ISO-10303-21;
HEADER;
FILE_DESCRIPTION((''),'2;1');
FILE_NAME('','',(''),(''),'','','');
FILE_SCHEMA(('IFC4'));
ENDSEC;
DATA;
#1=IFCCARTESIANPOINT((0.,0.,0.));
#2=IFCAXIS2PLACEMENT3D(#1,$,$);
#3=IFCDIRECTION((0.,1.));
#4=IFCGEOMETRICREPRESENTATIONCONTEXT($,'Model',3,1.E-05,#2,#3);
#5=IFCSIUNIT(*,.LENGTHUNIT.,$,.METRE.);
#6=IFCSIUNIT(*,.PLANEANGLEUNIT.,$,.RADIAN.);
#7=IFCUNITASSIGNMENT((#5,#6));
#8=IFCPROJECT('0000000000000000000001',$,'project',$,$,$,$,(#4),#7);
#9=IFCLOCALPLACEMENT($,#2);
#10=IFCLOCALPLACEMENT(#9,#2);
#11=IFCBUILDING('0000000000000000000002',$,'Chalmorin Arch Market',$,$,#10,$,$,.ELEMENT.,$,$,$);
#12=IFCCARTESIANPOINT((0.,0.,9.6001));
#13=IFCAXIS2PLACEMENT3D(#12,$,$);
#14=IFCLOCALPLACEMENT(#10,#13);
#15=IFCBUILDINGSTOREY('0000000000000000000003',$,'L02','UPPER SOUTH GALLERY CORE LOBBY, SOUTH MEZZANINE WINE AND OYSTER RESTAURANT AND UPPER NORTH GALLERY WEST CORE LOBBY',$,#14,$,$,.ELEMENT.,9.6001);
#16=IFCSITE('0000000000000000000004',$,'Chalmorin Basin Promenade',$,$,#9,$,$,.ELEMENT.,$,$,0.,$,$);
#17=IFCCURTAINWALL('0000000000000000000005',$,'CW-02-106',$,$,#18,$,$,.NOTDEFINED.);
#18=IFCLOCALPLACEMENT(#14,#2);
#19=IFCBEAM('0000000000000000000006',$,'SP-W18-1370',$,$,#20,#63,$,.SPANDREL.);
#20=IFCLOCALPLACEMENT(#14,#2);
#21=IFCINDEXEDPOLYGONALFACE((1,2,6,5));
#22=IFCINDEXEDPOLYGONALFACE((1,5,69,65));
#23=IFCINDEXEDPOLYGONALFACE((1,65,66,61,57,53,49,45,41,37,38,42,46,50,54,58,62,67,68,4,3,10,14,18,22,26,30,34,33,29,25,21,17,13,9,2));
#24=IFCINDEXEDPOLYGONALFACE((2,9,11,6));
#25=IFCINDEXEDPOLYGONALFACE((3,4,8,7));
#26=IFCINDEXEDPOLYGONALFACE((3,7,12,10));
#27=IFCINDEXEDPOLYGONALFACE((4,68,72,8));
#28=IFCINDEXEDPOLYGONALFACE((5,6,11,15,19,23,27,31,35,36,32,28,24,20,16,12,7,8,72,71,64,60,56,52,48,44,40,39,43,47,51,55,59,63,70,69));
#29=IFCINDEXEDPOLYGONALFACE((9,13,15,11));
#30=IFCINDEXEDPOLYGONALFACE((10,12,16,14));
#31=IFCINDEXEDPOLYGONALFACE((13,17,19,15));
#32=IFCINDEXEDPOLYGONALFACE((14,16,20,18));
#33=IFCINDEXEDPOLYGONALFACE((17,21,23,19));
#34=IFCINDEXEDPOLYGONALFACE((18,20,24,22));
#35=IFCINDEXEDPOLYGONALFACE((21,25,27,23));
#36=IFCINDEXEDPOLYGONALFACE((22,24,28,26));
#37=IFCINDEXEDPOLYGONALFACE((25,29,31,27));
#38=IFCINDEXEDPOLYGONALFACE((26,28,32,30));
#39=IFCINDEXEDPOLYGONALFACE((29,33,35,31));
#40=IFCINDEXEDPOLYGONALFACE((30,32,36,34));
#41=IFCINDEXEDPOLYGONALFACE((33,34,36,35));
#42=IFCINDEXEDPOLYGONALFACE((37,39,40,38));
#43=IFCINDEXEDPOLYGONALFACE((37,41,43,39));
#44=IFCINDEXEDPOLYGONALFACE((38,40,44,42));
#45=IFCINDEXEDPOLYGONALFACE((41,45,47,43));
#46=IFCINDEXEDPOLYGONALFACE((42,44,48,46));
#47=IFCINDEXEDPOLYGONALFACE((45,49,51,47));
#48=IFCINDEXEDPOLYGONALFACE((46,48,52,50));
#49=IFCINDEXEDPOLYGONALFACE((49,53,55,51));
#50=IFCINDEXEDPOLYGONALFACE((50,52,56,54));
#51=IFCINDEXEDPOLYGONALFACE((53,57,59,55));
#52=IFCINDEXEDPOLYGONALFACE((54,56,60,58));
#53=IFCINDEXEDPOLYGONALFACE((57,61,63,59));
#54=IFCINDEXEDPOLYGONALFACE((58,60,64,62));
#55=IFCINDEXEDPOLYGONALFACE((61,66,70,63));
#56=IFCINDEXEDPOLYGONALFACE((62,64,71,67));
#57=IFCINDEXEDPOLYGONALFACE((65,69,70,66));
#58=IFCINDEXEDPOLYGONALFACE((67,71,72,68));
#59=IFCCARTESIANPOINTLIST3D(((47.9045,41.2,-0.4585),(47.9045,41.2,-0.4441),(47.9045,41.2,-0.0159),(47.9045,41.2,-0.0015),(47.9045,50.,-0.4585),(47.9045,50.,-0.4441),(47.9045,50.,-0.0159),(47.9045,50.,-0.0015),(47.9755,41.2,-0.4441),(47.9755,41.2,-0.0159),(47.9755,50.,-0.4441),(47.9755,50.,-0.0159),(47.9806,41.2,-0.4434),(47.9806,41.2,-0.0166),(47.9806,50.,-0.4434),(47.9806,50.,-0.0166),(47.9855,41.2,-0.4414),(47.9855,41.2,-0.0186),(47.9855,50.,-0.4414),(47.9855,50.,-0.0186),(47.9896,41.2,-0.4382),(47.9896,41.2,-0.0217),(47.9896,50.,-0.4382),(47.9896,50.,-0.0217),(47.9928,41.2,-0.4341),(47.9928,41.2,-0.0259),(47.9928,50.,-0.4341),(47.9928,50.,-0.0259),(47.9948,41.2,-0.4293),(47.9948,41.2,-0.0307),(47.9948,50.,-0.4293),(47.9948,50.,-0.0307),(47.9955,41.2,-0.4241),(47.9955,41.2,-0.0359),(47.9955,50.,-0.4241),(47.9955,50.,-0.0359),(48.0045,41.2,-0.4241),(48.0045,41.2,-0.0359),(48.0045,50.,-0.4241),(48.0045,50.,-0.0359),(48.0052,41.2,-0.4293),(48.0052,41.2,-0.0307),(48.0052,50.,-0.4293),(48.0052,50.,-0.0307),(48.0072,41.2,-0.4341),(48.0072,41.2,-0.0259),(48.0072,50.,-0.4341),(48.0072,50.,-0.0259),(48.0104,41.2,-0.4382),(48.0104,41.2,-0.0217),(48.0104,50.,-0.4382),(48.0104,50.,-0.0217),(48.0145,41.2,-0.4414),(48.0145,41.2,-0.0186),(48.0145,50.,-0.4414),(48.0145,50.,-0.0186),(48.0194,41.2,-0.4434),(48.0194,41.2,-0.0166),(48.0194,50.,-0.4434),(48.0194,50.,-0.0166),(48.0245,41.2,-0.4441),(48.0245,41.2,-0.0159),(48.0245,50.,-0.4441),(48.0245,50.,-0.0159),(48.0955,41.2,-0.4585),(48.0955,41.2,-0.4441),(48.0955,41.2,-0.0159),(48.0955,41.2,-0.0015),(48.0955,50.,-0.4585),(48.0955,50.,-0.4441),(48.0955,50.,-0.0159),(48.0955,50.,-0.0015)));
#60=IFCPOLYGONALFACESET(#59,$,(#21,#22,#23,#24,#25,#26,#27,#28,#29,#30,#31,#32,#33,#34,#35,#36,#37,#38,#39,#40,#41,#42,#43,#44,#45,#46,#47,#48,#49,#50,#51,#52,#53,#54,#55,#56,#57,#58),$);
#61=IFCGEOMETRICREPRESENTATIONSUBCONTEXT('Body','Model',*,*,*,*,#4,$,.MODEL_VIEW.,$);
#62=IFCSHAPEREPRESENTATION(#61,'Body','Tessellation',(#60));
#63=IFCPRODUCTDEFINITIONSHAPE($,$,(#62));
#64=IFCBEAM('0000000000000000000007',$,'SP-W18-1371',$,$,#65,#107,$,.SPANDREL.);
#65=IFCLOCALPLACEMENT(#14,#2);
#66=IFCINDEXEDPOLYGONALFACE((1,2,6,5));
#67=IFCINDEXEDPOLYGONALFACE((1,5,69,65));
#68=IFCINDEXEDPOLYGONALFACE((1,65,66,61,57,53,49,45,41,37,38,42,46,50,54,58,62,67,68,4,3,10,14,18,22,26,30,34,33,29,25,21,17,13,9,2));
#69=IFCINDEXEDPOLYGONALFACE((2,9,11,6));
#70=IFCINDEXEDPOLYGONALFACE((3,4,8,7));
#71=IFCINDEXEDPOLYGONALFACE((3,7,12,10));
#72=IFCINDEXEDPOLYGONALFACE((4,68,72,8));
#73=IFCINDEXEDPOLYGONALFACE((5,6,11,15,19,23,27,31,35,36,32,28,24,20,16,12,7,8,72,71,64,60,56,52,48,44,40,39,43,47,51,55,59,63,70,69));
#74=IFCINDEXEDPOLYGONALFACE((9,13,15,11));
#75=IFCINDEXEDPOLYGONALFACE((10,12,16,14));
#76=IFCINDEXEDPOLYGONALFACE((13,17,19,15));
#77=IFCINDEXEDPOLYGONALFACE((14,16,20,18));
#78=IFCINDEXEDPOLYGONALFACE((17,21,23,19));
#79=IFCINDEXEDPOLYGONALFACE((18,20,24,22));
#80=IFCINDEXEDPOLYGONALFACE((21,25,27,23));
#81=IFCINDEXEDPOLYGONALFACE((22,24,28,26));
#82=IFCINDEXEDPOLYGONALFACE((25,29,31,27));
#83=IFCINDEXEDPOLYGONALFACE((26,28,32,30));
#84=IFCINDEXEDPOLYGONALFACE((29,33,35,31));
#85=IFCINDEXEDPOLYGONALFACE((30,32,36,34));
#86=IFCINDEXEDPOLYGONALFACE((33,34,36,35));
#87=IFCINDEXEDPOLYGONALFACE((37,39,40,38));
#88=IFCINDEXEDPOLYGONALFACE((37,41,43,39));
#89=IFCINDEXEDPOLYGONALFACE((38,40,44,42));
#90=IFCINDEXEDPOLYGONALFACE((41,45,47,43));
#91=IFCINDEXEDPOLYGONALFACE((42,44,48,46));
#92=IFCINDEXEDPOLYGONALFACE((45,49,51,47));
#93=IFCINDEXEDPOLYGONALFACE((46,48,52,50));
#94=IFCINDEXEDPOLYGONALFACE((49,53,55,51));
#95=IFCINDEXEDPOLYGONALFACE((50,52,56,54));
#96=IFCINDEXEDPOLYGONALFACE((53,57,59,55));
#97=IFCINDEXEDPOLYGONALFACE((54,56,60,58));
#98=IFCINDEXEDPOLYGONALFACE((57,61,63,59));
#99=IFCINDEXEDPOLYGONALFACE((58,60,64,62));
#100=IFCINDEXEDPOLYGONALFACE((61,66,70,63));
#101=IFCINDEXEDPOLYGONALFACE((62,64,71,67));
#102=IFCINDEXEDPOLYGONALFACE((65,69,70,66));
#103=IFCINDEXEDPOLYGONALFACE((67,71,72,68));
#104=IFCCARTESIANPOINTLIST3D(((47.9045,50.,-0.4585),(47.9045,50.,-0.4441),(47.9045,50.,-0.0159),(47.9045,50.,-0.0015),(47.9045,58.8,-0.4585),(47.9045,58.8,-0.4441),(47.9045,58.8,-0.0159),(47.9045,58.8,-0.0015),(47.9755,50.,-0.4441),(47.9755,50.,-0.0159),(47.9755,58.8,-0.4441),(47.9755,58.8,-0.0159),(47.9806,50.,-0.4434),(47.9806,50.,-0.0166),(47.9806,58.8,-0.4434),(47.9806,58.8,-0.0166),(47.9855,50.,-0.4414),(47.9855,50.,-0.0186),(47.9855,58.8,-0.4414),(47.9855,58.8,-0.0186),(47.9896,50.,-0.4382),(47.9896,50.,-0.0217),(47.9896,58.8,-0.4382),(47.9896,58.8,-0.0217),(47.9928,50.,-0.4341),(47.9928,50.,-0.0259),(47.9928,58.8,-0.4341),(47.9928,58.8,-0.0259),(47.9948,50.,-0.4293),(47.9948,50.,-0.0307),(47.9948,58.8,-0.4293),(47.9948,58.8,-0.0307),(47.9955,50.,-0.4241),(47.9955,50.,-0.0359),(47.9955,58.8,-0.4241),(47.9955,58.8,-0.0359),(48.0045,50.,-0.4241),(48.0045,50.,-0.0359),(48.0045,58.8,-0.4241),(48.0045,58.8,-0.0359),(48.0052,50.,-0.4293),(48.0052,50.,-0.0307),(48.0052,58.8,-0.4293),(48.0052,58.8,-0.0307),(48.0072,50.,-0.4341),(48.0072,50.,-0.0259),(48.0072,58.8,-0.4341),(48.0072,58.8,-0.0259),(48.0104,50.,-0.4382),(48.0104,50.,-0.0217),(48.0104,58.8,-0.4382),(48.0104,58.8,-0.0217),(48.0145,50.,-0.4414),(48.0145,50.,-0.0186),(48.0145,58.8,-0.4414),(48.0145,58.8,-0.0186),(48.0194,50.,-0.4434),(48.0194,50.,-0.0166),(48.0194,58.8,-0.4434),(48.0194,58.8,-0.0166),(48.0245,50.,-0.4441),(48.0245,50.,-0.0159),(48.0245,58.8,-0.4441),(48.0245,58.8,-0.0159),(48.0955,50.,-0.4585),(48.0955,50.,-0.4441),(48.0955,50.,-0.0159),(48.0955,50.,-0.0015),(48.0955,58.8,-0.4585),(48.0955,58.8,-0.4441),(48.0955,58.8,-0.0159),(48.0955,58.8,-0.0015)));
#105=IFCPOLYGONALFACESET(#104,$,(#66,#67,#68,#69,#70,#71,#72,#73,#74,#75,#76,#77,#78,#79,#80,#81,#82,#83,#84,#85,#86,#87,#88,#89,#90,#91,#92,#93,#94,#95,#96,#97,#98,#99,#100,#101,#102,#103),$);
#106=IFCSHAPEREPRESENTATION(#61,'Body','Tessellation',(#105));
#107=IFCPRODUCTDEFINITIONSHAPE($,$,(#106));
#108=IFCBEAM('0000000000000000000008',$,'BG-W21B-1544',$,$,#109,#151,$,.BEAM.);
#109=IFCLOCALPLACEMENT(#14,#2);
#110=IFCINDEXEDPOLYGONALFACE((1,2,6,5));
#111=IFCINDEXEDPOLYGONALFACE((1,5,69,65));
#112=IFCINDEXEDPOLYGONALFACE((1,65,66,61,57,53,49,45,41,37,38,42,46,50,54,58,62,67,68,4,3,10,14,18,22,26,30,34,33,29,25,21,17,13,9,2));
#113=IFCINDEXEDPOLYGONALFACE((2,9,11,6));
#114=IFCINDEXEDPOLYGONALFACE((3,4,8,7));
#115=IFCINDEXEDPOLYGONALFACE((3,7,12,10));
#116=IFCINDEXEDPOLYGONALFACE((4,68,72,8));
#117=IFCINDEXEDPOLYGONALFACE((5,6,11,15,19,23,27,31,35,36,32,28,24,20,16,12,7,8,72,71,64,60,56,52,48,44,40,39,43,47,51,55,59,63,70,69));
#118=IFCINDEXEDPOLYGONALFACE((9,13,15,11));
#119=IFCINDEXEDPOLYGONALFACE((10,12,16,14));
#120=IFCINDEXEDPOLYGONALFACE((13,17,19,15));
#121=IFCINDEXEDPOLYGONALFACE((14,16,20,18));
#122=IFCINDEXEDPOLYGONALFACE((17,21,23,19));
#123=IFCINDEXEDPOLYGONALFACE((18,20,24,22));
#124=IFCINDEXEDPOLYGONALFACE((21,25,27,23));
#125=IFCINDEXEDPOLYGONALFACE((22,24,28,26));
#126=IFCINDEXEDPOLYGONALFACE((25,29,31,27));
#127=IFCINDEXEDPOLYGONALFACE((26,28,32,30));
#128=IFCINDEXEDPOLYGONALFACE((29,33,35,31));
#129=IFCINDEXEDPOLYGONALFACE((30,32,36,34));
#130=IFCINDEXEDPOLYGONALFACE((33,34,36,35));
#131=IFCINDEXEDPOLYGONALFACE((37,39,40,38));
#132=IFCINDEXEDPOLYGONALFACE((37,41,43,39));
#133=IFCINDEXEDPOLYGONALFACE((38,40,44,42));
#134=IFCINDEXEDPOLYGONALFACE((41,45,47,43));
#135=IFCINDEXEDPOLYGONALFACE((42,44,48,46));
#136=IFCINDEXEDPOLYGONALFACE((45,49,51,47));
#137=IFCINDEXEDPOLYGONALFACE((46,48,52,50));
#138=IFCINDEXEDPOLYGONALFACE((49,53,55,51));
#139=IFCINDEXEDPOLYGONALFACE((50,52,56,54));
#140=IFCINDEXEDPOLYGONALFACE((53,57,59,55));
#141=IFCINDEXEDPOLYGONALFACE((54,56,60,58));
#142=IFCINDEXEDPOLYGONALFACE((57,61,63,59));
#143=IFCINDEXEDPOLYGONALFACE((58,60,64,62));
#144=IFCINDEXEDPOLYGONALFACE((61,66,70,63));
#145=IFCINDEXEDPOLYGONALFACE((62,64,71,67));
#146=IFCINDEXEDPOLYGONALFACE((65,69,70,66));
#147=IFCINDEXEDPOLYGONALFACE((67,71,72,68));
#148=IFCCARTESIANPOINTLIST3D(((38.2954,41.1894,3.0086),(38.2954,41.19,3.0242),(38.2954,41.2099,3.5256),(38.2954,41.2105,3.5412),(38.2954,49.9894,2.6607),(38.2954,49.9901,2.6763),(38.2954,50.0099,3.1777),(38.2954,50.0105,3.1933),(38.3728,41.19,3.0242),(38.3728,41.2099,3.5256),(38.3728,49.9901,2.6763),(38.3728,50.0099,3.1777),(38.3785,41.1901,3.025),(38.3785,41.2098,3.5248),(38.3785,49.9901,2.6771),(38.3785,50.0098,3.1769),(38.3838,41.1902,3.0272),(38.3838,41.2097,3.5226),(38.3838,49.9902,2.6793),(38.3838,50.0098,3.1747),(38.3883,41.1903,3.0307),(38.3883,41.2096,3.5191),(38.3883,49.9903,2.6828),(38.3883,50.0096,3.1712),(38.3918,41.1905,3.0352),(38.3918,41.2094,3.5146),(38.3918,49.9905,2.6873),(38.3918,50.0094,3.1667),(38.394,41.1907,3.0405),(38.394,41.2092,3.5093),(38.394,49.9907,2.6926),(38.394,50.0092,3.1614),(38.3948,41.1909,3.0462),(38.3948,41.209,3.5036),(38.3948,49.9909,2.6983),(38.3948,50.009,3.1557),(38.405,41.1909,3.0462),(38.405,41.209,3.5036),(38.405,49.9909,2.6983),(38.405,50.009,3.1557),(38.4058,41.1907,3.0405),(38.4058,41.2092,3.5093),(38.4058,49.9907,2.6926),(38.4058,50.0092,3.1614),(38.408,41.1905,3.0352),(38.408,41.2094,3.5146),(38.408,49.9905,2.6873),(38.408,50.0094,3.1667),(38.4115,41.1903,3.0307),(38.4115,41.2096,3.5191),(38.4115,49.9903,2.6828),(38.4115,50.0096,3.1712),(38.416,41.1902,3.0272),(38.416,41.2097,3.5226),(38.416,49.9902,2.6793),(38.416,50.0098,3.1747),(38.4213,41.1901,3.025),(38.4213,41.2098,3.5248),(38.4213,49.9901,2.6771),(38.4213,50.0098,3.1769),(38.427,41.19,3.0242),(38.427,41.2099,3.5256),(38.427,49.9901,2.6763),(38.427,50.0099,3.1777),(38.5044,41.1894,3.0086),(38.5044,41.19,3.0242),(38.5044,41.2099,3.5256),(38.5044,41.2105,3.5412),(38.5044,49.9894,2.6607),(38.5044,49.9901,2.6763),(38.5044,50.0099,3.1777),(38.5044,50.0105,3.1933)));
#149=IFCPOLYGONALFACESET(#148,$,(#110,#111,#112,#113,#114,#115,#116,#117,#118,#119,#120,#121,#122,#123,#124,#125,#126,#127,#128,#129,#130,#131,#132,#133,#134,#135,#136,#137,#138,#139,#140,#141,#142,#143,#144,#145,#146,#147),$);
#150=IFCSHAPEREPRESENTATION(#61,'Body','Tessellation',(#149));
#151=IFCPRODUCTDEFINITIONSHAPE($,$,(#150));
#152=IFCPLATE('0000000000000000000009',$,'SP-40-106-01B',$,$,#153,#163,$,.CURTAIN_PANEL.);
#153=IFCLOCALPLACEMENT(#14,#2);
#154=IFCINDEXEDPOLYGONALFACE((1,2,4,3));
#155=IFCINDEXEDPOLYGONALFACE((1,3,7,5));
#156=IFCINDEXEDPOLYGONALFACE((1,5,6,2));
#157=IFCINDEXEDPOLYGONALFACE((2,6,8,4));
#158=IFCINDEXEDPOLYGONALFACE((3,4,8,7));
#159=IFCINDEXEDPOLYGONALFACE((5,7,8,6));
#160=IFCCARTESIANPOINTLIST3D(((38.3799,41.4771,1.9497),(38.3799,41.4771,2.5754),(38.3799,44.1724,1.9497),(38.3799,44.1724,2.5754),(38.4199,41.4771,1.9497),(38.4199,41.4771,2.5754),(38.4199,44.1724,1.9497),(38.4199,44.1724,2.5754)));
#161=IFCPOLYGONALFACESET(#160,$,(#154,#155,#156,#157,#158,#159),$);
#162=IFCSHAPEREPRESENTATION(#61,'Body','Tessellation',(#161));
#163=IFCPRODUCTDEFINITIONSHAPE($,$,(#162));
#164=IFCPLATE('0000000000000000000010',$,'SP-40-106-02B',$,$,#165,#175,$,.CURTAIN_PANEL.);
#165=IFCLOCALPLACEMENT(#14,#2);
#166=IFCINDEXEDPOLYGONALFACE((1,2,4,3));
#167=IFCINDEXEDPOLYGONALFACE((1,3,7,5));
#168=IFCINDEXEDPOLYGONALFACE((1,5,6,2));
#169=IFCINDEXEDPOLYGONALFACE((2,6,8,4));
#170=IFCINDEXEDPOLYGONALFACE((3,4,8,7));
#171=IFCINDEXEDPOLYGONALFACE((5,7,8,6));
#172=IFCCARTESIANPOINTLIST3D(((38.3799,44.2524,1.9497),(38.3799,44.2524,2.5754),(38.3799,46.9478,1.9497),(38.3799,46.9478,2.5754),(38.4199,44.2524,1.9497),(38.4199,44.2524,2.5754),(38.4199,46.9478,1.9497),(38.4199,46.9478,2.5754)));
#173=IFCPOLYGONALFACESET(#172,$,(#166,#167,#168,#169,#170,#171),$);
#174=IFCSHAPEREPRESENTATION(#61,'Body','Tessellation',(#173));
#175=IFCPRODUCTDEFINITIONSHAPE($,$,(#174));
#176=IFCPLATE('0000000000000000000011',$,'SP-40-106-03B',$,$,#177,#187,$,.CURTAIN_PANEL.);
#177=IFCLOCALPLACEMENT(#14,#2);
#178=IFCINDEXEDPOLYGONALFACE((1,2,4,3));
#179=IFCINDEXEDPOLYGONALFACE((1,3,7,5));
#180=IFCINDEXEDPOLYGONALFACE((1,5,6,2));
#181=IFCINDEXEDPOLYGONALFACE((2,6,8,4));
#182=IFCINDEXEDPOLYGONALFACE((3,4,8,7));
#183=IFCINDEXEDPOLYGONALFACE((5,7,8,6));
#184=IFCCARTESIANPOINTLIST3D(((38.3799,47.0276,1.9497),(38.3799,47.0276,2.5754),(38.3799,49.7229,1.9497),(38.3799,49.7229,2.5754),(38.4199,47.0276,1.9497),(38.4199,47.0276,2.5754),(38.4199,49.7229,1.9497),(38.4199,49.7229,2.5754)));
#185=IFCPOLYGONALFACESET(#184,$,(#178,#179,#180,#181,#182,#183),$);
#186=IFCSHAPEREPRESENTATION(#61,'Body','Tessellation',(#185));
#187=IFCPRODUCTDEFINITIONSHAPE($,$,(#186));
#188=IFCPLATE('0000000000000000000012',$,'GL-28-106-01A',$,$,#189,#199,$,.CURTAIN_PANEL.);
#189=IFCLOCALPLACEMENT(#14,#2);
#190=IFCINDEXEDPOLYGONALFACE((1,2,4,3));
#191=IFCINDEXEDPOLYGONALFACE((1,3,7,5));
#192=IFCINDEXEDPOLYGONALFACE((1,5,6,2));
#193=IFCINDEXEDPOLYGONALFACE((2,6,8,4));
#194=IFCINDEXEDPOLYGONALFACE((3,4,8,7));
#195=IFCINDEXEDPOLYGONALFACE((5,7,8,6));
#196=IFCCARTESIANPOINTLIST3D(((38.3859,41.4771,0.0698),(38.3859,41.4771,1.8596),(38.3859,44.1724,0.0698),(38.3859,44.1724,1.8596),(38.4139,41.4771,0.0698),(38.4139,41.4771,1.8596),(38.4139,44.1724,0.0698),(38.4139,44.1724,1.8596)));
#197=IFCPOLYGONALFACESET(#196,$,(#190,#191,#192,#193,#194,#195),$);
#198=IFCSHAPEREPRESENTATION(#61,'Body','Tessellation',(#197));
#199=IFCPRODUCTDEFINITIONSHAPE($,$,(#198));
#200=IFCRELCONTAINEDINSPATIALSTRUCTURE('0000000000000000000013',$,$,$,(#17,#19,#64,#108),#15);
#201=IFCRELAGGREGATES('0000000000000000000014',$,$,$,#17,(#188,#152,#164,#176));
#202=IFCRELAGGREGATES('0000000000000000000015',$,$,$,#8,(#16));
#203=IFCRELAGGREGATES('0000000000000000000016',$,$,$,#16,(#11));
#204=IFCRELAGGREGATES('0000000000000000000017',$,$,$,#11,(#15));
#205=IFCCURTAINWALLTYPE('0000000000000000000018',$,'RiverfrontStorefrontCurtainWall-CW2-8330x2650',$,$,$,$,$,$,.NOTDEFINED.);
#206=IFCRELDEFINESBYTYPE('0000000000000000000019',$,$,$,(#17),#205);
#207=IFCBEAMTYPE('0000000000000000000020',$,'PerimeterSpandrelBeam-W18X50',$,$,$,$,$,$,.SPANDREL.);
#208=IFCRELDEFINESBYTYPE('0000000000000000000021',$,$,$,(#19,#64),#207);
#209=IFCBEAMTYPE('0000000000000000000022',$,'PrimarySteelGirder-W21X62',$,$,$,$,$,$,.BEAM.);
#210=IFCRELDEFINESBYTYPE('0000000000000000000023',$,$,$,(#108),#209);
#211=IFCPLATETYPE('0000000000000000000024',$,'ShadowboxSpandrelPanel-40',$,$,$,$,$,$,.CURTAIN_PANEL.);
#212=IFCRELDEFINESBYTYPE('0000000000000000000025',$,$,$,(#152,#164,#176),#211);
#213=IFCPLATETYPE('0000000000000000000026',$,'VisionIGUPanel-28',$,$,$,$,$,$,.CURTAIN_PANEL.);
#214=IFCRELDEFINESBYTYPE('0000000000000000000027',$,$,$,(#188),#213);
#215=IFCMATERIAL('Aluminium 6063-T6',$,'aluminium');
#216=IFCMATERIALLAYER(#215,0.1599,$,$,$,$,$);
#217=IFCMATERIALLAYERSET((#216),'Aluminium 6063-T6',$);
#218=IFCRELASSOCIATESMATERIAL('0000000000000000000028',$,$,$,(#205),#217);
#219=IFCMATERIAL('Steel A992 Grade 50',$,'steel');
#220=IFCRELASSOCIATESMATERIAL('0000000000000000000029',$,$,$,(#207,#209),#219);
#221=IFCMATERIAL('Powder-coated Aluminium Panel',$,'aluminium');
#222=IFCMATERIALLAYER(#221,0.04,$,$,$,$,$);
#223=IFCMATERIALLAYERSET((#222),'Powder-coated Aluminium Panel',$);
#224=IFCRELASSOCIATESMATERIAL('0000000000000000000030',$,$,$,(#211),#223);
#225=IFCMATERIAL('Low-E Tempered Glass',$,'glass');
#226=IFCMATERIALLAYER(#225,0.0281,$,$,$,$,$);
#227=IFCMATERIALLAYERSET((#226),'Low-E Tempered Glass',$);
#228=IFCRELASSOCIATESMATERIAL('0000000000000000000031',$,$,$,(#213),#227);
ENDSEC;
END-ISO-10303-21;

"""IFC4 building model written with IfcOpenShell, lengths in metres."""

from ifc_helpers import new_model, si_unit, direction, frame, origin, origin_2d, place, context, subcontext, project, spatial, rectangle, i_section, extrude, material, layer, layer_set, material_profile, profile_set, type_object, element, aggregate, save


model = new_model("IFC4")

# Units and contexts
model_context = context("Model", 3, precision=1e-05, world=origin(), true_north=direction((0.0, 1.0)))
body_context = subcontext(model_context, "Body", "Model", "MODEL_VIEW")
ifc_project = project(units=[si_unit("LENGTHUNIT", "METRE"), si_unit("PLANEANGLEUNIT", "RADIAN")], contexts=[model_context])

# Site, building, storey
site_placement = place(None, origin())
site = spatial("IfcSite", under=ifc_project, at=site_placement, Name="Chalmorin Basin Promenade", CompositionType="ELEMENT", RefElevation=0.0)
building_placement = place(site_placement, origin())
building = spatial("IfcBuilding", under=site, at=building_placement, Name="Chalmorin Arch Market", CompositionType="ELEMENT")
storey_placement = place(building_placement, frame((0.0, 0.0, 9.6001)))
storey = spatial("IfcBuildingStorey", under=building, at=storey_placement, Name="L02", Description="UPPER SOUTH GALLERY CORE LOBBY, SOUTH MEZZANINE WINE AND OYSTER RESTAURANT AND UPPER NORTH GALLERY WEST CORE LOBBY", CompositionType="ELEMENT", Elevation=9.6001)

# Curtain wall
ifc_material_1 = material(Name="Aluminium 6063-T6", Category="aluminium")
ifc_layer_1 = layer(ifc_material_1, 0.1599)
ifc_layer_set_1 = layer_set([ifc_layer_1], Name="Aluminium 6063-T6")
curtain_wall_type = type_object("IfcCurtainWallType", Name="RiverfrontStorefrontCurtainWall-CW2-8330x2650", PredefinedType="NOTDEFINED", material=ifc_layer_set_1)
curtain_wall_placement = place(storey_placement, origin())
curtain_wall = element("IfcCurtainWall", 1, at=curtain_wall_placement, inside=storey, type_object=curtain_wall_type, Name="CW-02-106", PredefinedType="NOTDEFINED")

# Beams
ifc_material_2 = material(Name="Steel A992 Grade 50", Category="steel")
ifc_material_profile_1 = material_profile(ifc_material_2, i_section(OverallWidth=0.1909, OverallDepth=0.457, WebThickness=0.009, FlangeThickness=0.0144, FilletRadius=0.02, at=origin_2d()), Name="W18X50")
ifc_profile_set_1 = profile_set([ifc_material_profile_1], Name="Steel A992 Grade 50")
beam_type_1 = type_object("IfcBeamType", Name="PerimeterSpandrelBeam-W18X50", PredefinedType="SPANDREL", material=ifc_profile_set_1)
for number, where, z_axis, x_axis, name in (
    (2, (48.0, 41.2, -0.23), (0.0, 1.0, 0.0), (-1.0, 0.0, 0.0), "SP-W18-1370"),
    (3, (48.0, 50.0, -0.23), (0.0, 1.0, 0.0), (-1.0, 0.0, 0.0), "SP-W18-1371"),
):
    element("IfcBeam", number, at=place(storey_placement, frame(where, z_axis=z_axis, x_axis=x_axis)), inside=storey, type_object=beam_type_1, Name=name, PredefinedType="SPANDREL", context=body_context, shape_type="SweptSolid", body=[
        extrude(i_section(OverallWidth=0.1909, OverallDepth=0.457, WebThickness=0.009, FlangeThickness=0.0144, FilletRadius=0.02, at=origin_2d()), origin(), (0.0, 0.0, 1.0), 8.8),
    ])
ifc_material_profile_2 = material_profile(ifc_material_2, i_section(OverallWidth=0.209, OverallDepth=0.533, WebThickness=0.0103, FlangeThickness=0.0156, FilletRadius=0.022, at=origin_2d()), Name="W21X62")
ifc_profile_set_2 = profile_set([ifc_material_profile_2], Name="Steel A992 Grade 50")
beam_type_2 = type_object("IfcBeamType", Name="PrimarySteelGirder-W21X62", PredefinedType="BEAM", material=ifc_profile_set_2)
beam_1_placement = place(storey_placement, frame((38.3999, 41.2, 3.2749), z_axis=(0.0, 0.999219, -0.039503), x_axis=(-1.0, 0.0, 0.0)))
element("IfcBeam", 4, at=beam_1_placement, inside=storey, type_object=beam_type_2, Name="BG-W21B-1544", PredefinedType="BEAM", context=body_context, shape_type="SweptSolid", body=[
    extrude(i_section(OverallWidth=0.209, OverallDepth=0.533, WebThickness=0.0103, FlangeThickness=0.0156, FilletRadius=0.022, at=origin_2d()), origin(), (0.0, 0.0, 1.0), 8.8069),
])

# Plates
ifc_material_3 = material(Name="Powder-coated Aluminium Panel", Category="aluminium")
ifc_layer_2 = layer(ifc_material_3, 0.04)
ifc_layer_set_2 = layer_set([ifc_layer_2], Name="Powder-coated Aluminium Panel")
plate_type_1 = type_object("IfcPlateType", Name="ShadowboxSpandrelPanel-40", PredefinedType="CURTAIN_PANEL", material=ifc_layer_set_2)
plate_1_placement = place(storey_placement, frame((38.3999, 42.8247, 1.9497), z_axis=(0.0, 0.0, 1.0), x_axis=(0.0, 1.0, 0.0)))
plate_1 = element("IfcPlate", 5, at=plate_1_placement, type_object=plate_type_1, Name="SP-40-106-01B", PredefinedType="CURTAIN_PANEL", context=body_context, shape_type="SweptSolid", body=[
    extrude(rectangle(XDim=2.6953, YDim=0.04, at=origin_2d()), origin(), (0.0, 0.0, 1.0), 0.6257),
])
plate_2_placement = place(storey_placement, frame((38.3999, 45.6001, 1.9497), z_axis=(0.0, 0.0, 1.0), x_axis=(0.0, 1.0, 0.0)))
plate_2 = element("IfcPlate", 6, at=plate_2_placement, type_object=plate_type_1, Name="SP-40-106-02B", PredefinedType="CURTAIN_PANEL", context=body_context, shape_type="SweptSolid", body=[
    extrude(rectangle(XDim=2.6953, YDim=0.04, at=origin_2d()), origin(), (0.0, 0.0, 1.0), 0.6257),
])
plate_3_placement = place(storey_placement, frame((38.3999, 48.3752, 1.9497), z_axis=(0.0, 0.0, 1.0), x_axis=(0.0, 1.0, 0.0)))
plate_3 = element("IfcPlate", 7, at=plate_3_placement, type_object=plate_type_1, Name="SP-40-106-03B", PredefinedType="CURTAIN_PANEL", context=body_context, shape_type="SweptSolid", body=[
    extrude(rectangle(XDim=2.6953, YDim=0.04, at=origin_2d()), origin(), (0.0, 0.0, 1.0), 0.6257),
])
ifc_material_4 = material(Name="Low-E Tempered Glass", Category="glass")
ifc_layer_3 = layer(ifc_material_4, 0.0281)
ifc_layer_set_3 = layer_set([ifc_layer_3], Name="Low-E Tempered Glass")
plate_type_2 = type_object("IfcPlateType", Name="VisionIGUPanel-28", PredefinedType="CURTAIN_PANEL", material=ifc_layer_set_3)
plate_4_placement = place(storey_placement, frame((38.3999, 42.8247, 0.0698), z_axis=(0.0, 0.0, 1.0), x_axis=(0.0, 1.0, 0.0)))
plate_4 = element("IfcPlate", 8, at=plate_4_placement, type_object=plate_type_2, Name="GL-28-106-01A", PredefinedType="CURTAIN_PANEL", context=body_context, shape_type="SweptSolid", body=[
    extrude(rectangle(XDim=2.6953, YDim=0.0281, at=origin_2d()), origin(), (0.0, 0.0, 1.0), 1.7898),
])
aggregate(curtain_wall, [plate_4, plate_1, plate_2, plate_3])

save(model, "model.ifc")
